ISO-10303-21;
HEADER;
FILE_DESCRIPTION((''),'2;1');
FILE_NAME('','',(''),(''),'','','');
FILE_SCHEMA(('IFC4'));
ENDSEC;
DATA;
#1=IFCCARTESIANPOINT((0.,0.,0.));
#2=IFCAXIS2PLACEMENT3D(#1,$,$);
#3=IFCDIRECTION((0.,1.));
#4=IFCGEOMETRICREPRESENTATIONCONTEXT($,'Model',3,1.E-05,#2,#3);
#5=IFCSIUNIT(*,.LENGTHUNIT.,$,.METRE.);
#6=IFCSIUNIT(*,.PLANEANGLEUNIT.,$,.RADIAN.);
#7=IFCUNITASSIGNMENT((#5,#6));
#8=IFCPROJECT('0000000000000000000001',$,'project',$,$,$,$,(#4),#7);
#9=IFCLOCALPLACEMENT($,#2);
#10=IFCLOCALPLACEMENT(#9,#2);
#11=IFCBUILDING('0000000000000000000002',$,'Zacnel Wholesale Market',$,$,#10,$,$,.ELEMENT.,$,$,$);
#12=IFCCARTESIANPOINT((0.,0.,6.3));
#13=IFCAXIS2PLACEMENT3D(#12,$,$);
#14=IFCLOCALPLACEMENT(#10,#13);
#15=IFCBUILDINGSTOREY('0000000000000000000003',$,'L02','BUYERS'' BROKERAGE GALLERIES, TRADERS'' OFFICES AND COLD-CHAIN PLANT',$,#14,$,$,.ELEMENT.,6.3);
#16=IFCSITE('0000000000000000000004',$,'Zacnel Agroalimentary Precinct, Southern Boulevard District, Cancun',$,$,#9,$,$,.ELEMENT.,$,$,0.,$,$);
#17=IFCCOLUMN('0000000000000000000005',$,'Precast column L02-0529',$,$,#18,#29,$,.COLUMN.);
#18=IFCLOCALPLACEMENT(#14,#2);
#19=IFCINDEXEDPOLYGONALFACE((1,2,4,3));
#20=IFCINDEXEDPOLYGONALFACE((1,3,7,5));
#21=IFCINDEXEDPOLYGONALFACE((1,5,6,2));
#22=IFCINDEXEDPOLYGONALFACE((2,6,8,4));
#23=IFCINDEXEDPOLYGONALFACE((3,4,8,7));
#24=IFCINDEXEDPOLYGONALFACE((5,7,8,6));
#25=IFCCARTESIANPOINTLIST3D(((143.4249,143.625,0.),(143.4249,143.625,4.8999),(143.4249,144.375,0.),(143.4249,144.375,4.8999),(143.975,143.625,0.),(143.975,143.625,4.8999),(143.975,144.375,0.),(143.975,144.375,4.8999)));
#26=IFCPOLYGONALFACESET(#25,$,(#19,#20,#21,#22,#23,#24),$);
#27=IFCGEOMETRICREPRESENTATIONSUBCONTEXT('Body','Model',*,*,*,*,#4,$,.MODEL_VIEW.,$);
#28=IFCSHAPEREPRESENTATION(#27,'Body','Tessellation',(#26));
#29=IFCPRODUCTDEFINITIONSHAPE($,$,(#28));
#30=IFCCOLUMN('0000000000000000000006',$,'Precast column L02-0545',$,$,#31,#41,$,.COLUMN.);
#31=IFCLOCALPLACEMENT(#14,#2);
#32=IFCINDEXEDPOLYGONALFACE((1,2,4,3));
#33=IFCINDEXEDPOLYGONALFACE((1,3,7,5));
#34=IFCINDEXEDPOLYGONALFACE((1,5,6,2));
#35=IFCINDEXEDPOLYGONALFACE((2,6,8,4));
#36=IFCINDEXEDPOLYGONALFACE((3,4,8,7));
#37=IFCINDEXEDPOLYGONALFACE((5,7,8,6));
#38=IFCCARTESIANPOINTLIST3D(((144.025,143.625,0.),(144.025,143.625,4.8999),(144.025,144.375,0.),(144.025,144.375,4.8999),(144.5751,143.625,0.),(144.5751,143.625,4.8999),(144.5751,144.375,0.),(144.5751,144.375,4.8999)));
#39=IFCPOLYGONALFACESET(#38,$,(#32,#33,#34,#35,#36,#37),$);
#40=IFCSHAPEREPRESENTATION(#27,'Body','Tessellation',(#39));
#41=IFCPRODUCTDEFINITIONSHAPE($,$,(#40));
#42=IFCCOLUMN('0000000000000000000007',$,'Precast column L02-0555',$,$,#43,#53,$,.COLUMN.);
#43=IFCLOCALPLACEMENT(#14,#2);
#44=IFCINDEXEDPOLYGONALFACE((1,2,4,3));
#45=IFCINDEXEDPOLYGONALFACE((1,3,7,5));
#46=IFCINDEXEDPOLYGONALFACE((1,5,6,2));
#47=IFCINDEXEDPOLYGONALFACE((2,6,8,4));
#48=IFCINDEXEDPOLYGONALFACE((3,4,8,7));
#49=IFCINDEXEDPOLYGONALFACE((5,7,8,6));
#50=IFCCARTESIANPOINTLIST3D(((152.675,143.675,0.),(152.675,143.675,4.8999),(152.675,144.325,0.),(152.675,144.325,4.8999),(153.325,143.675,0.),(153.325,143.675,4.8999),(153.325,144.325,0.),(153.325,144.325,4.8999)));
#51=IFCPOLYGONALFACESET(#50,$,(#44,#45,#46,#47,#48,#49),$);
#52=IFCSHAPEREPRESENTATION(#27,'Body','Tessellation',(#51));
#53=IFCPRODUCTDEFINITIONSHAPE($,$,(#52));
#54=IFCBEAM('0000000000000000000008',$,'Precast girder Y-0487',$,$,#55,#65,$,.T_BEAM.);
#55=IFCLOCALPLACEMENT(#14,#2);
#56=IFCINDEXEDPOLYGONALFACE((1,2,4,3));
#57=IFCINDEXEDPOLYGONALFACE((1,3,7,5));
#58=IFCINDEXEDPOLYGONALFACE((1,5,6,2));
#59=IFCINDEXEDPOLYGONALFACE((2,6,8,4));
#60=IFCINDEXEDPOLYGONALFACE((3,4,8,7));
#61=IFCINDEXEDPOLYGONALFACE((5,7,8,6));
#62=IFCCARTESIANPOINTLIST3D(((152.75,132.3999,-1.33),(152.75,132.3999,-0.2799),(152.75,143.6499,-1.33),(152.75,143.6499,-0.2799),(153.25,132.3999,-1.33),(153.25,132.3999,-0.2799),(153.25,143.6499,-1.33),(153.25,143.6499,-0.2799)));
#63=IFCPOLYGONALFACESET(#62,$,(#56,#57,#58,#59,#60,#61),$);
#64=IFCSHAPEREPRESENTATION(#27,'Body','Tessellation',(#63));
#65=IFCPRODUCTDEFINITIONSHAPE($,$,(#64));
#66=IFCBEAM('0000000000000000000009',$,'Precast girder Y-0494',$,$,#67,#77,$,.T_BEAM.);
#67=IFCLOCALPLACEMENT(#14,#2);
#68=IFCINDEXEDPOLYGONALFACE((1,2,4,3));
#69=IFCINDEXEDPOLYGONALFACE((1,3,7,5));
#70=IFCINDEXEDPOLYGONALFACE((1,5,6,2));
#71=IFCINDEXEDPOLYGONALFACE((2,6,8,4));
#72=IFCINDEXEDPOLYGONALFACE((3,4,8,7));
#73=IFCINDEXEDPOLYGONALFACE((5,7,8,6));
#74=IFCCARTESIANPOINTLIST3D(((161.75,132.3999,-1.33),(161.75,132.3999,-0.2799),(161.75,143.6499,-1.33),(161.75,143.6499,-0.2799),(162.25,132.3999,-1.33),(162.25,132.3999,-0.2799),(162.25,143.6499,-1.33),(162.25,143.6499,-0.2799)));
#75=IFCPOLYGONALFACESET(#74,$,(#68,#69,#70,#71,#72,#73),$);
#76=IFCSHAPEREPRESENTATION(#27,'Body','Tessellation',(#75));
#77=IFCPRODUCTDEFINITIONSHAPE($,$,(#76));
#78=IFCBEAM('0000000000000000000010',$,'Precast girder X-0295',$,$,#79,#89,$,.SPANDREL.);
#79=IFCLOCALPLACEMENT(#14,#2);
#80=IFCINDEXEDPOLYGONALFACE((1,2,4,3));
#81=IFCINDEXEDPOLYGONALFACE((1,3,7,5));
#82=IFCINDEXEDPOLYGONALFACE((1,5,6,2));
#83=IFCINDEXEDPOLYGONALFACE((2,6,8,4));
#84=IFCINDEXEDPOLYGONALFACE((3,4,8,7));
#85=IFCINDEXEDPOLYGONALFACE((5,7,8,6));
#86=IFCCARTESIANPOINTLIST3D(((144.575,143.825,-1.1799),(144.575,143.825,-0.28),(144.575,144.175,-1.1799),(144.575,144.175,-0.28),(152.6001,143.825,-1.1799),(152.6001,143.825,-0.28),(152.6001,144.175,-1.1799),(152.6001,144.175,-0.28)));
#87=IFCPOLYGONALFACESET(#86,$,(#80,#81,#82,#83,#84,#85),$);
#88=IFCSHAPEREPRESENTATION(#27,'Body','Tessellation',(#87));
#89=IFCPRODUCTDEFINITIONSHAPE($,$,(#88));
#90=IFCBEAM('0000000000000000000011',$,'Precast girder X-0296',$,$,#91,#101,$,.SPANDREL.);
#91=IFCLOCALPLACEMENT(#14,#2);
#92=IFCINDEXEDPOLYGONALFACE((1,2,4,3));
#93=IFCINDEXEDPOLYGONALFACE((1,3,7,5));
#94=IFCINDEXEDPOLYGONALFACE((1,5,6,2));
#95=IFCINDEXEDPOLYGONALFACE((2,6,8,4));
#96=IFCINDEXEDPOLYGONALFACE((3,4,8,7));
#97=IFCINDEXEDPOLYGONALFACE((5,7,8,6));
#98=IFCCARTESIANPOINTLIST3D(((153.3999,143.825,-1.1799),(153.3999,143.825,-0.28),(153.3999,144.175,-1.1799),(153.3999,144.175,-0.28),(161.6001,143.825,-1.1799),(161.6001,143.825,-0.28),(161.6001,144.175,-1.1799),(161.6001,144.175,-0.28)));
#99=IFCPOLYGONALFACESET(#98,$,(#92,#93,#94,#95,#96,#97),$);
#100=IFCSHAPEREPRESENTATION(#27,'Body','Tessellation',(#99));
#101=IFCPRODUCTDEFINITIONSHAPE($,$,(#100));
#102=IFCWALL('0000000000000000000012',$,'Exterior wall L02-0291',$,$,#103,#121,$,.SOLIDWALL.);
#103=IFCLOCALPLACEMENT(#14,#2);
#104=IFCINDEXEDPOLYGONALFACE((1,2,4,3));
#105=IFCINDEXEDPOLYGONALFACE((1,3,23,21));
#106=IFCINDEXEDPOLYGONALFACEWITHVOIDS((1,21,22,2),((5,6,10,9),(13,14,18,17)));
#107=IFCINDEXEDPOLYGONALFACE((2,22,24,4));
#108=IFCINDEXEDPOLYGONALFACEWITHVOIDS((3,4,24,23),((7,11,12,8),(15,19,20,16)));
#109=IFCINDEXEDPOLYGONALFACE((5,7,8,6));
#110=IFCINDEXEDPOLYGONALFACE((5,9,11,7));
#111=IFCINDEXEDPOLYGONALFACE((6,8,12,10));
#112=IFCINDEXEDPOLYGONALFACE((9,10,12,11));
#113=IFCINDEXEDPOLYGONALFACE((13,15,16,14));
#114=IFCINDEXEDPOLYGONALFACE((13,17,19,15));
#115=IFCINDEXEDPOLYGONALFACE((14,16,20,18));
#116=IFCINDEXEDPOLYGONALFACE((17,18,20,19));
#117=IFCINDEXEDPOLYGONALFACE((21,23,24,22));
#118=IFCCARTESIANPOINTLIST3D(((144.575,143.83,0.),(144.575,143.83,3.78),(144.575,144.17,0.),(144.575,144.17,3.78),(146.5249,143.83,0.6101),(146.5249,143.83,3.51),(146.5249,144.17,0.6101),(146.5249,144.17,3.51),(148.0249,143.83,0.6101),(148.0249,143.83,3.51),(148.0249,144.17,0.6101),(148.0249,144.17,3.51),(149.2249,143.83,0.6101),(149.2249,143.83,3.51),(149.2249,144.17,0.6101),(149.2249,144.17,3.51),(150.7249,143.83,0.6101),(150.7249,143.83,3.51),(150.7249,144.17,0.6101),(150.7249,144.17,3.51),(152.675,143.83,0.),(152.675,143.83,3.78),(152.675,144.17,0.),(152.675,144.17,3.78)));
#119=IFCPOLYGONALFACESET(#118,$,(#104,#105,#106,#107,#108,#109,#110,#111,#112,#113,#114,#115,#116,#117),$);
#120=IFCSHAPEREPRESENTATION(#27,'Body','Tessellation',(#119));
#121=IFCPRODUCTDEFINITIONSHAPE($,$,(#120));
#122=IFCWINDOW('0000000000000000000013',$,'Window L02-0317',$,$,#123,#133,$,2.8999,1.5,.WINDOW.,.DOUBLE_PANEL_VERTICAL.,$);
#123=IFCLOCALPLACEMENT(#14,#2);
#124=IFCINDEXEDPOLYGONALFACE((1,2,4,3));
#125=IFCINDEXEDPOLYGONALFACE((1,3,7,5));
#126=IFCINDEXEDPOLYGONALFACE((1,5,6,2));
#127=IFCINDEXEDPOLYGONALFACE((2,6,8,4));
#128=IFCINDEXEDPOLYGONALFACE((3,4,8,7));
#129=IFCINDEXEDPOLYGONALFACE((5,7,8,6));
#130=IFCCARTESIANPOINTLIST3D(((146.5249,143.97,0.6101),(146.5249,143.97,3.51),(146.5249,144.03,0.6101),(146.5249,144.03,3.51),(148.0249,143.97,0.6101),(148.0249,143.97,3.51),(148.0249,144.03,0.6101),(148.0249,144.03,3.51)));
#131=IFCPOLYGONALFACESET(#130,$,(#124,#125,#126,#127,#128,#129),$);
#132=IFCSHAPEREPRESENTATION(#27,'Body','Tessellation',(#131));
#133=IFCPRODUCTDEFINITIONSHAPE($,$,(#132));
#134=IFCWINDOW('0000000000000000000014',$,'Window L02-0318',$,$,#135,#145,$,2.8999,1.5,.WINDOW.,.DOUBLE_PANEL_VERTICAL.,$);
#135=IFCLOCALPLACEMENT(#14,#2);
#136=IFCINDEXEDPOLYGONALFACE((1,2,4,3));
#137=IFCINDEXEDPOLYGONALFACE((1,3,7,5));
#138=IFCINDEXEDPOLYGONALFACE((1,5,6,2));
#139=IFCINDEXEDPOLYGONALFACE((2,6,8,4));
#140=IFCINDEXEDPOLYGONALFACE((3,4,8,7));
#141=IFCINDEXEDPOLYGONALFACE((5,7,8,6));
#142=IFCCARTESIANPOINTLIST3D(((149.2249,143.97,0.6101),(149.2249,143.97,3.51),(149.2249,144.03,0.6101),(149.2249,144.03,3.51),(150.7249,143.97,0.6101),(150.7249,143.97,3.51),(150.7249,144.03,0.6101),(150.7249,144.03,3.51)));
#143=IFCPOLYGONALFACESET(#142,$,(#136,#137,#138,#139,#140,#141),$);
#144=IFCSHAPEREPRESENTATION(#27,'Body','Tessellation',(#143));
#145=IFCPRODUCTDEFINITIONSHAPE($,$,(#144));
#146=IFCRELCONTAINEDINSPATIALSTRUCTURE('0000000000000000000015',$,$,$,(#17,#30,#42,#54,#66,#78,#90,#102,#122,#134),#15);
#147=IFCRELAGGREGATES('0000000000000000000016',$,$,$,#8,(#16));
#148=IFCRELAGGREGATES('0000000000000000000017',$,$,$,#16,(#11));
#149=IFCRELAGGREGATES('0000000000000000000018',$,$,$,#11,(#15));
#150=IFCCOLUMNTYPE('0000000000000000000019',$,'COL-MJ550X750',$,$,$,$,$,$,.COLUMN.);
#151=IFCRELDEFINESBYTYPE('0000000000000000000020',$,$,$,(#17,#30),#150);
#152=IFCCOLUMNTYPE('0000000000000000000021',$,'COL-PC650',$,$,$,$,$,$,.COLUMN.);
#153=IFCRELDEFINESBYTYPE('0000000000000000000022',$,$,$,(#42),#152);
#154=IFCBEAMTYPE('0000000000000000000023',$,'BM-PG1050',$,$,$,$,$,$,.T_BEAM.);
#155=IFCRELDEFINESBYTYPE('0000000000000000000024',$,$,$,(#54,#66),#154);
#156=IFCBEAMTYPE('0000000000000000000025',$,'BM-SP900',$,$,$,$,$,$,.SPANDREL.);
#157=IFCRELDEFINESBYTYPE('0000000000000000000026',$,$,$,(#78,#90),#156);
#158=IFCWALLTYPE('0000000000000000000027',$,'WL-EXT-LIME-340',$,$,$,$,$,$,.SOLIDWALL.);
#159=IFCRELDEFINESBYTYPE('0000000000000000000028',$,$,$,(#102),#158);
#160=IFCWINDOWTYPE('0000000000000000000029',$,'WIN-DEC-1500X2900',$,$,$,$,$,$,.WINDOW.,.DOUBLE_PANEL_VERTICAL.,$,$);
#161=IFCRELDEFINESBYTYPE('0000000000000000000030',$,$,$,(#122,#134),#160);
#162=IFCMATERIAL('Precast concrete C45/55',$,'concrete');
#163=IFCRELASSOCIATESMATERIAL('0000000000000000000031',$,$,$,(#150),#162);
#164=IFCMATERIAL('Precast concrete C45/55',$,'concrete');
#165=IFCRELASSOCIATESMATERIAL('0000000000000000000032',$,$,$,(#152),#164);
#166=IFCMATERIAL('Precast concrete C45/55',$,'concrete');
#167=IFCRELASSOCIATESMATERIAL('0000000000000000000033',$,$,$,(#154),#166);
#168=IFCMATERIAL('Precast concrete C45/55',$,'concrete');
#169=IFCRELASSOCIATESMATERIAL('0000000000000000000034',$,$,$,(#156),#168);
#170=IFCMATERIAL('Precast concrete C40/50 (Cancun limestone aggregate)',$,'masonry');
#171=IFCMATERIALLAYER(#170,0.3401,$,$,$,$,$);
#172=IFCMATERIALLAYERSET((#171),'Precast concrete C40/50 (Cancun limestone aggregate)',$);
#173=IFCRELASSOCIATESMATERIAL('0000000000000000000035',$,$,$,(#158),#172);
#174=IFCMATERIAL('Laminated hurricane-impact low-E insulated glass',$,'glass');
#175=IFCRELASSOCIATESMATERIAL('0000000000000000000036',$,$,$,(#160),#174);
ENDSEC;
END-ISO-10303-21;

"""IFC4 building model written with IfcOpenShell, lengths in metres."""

from ifc_helpers import new_model, si_unit, direction, frame, frame_2d, origin, origin_2d, place, context, subcontext, project, spatial, rectangle, extrude, material, layer, layer_set, material_profile, profile_set, type_object, element, fill, save


model = new_model("IFC4")

# Units and contexts
model_context = context("Model", 3, precision=1e-05, world=origin(), true_north=direction((0.0, 1.0)))
body_context = subcontext(model_context, "Body", "Model", "MODEL_VIEW")
ifc_project = project(units=[si_unit("LENGTHUNIT", "METRE"), si_unit("PLANEANGLEUNIT", "RADIAN")], contexts=[model_context])

# Site, building, storey
site_placement = place(None, origin())
site = spatial("IfcSite", under=ifc_project, at=site_placement, Name="Zacnel Agroalimentary Precinct, Southern Boulevard District, Cancun", CompositionType="ELEMENT", RefElevation=0.0)
building_placement = place(site_placement, origin())
building = spatial("IfcBuilding", under=site, at=building_placement, Name="Zacnel Wholesale Market", CompositionType="ELEMENT")
storey_placement = place(building_placement, frame((0.0, 0.0, 6.3)))
storey = spatial("IfcBuildingStorey", under=building, at=storey_placement, Name="L02", Description="BUYERS' BROKERAGE GALLERIES, TRADERS' OFFICES AND COLD-CHAIN PLANT", CompositionType="ELEMENT", Elevation=6.3)

# Columns
ifc_material_1 = material(Name="Precast concrete C45/55", Category="concrete")
ifc_material_profile_1 = material_profile(ifc_material_1, rectangle(XDim=0.55, YDim=0.75, at=origin_2d()), Name="PC 550x750")
ifc_profile_set_1 = profile_set([ifc_material_profile_1], Name="Precast concrete C45/55")
column_type_1 = type_object("IfcColumnType", Name="COL-MJ550X750", PredefinedType="COLUMN", material=ifc_profile_set_1)
for number, where, z_axis, x_axis, name in (
    (1, (143.7, 144.0, 0.0), (0.0, 0.0, 1.0), (1.0, 0.0, 0.0), "Precast column L02-0529"),
    (2, (144.3, 144.0, 0.0), (0.0, 0.0, 1.0), (1.0, 0.0, 0.0), "Precast column L02-0545"),
):
    element("IfcColumn", number, at=place(storey_placement, frame(where, z_axis=z_axis, x_axis=x_axis)), inside=storey, type_object=column_type_1, Name=name, PredefinedType="COLUMN", context=body_context, shape_type="SweptSolid", body=[
        extrude(rectangle(XDim=0.55, YDim=0.75, at=origin_2d()), origin(), (0.0, 0.0, 1.0), 4.8999),
    ])
ifc_material_2 = material(Name="Precast concrete C45/55", Category="concrete")
ifc_material_profile_2 = material_profile(ifc_material_2, rectangle(XDim=0.6499, YDim=0.6499, at=origin_2d()), Name="PC 650x650")
ifc_profile_set_2 = profile_set([ifc_material_profile_2], Name="Precast concrete C45/55")
column_type_2 = type_object("IfcColumnType", Name="COL-PC650", PredefinedType="COLUMN", material=ifc_profile_set_2)
column_placement = place(storey_placement, frame((153.0, 144.0, 0.0), z_axis=(0.0, 0.0, 1.0), x_axis=(1.0, 0.0, 0.0)))
element("IfcColumn", 3, at=column_placement, inside=storey, type_object=column_type_2, Name="Precast column L02-0555", PredefinedType="COLUMN", context=body_context, shape_type="SweptSolid", body=[
    extrude(rectangle(XDim=0.6499, YDim=0.6499, at=origin_2d()), origin(), (0.0, 0.0, 1.0), 4.8999),
])

# Beams
ifc_material_3 = material(Name="Precast concrete C45/55", Category="concrete")
ifc_material_profile_3 = material_profile(ifc_material_3, rectangle(XDim=0.5, YDim=1.05, at=origin_2d()), Name="PG 500x1050")
ifc_profile_set_3 = profile_set([ifc_material_profile_3], Name="Precast concrete C45/55")
beam_type_1 = type_object("IfcBeamType", Name="BM-PG1050", PredefinedType="T_BEAM", material=ifc_profile_set_3)
for number, where, z_axis, x_axis, name in (
    (4, (153.0, 132.3999, -0.8049), (0.0, 1.0, 0.0), (-1.0, 0.0, 0.0), "Precast girder Y-0487"),
    (5, (162.0, 132.3999, -0.8049), (0.0, 1.0, 0.0), (-1.0, 0.0, 0.0), "Precast girder Y-0494"),
):
    element("IfcBeam", number, at=place(storey_placement, frame(where, z_axis=z_axis, x_axis=x_axis)), inside=storey, type_object=beam_type_1, Name=name, PredefinedType="T_BEAM", context=body_context, shape_type="SweptSolid", body=[
        extrude(rectangle(XDim=0.5, YDim=1.05, at=origin_2d()), origin(), (0.0, 0.0, 1.0), 11.25),
    ])
ifc_material_4 = material(Name="Precast concrete C45/55", Category="concrete")
ifc_material_profile_4 = material_profile(ifc_material_4, rectangle(XDim=0.3501, YDim=0.8999, at=origin_2d()), Name="SP 350x900")
ifc_profile_set_4 = profile_set([ifc_material_profile_4], Name="Precast concrete C45/55")
beam_type_2 = type_object("IfcBeamType", Name="BM-SP900", PredefinedType="SPANDREL", material=ifc_profile_set_4)
beam_1_placement = place(storey_placement, frame((144.575, 144.0, -0.73), z_axis=(1.0, 0.0, 0.0), x_axis=(0.0, 1.0, 0.0)))
element("IfcBeam", 6, at=beam_1_placement, inside=storey, type_object=beam_type_2, Name="Precast girder X-0295", PredefinedType="SPANDREL", context=body_context, shape_type="SweptSolid", body=[
    extrude(rectangle(XDim=0.3501, YDim=0.8999, at=origin_2d()), origin(), (0.0, 0.0, 1.0), 8.0251),
])
beam_2_placement = place(storey_placement, frame((153.3999, 144.0, -0.73), z_axis=(1.0, 0.0, 0.0), x_axis=(0.0, 1.0, 0.0)))
element("IfcBeam", 7, at=beam_2_placement, inside=storey, type_object=beam_type_2, Name="Precast girder X-0296", PredefinedType="SPANDREL", context=body_context, shape_type="SweptSolid", body=[
    extrude(rectangle(XDim=0.3501, YDim=0.8999, at=origin_2d()), origin(), (0.0, 0.0, 1.0), 8.2002),
])

# Wall, openings, windows
ifc_material_5 = material(Name="Precast concrete C40/50 (Cancun limestone aggregate)", Category="masonry")
ifc_layer_1 = layer(ifc_material_5, 0.3401)
ifc_layer_set_1 = layer_set([ifc_layer_1], Name="Precast concrete C40/50 (Cancun limestone aggregate)")
wall_type_1 = type_object("IfcWallType", Name="WL-EXT-LIME-340", PredefinedType="SOLIDWALL", material=ifc_layer_set_1)
wall_1_placement = place(storey_placement, frame((144.575, 144.0, 0.0), z_axis=(0.0, 0.0, 1.0), x_axis=(1.0, 0.0, 0.0)))
wall_1 = element("IfcWall", 8, at=wall_1_placement, inside=storey, type_object=wall_type_1, Name="Exterior wall L02-0291", PredefinedType="SOLIDWALL", context=body_context, shape_type="SweptSolid", body=[
    extrude(rectangle(XDim=8.1001, YDim=0.3401, at=frame_2d((4.05, 0.0))), origin(), (0.0, 0.0, 1.0), 3.78),
])
opening_1_placement = place(wall_1_placement, frame((1.95, 0.0, 0.6101)))
opening_1 = element("IfcOpeningElement", 9, at=opening_1_placement, cuts=wall_1, PredefinedType="OPENING", context=body_context, shape_type="SweptSolid", body=[
    extrude(rectangle(XDim=1.5, YDim=2.8999, at=frame_2d((0.75, 1.45))), frame((0.0, 0.1799, 0.0), z_axis=(0.0, -1.0, 0.0), x_axis=(1.0, 0.0, 0.0)), (0.0, 0.0, 1.0), 0.3601),
])
opening_2_placement = place(wall_1_placement, frame((4.6499, 0.0, 0.6101)))
opening_2 = element("IfcOpeningElement", 10, at=opening_2_placement, cuts=wall_1, PredefinedType="OPENING", context=body_context, shape_type="SweptSolid", body=[
    extrude(rectangle(XDim=1.5, YDim=2.8999, at=frame_2d((0.75, 1.45))), frame((0.0, 0.1799, 0.0), z_axis=(0.0, -1.0, 0.0), x_axis=(1.0, 0.0, 0.0)), (0.0, 0.0, 1.0), 0.3601),
])
ifc_material_6 = material(Name="Laminated hurricane-impact low-E insulated glass", Category="glass")
window_type_1 = type_object("IfcWindowType", Name="WIN-DEC-1500X2900", PartitioningType="DOUBLE_PANEL_VERTICAL", PredefinedType="WINDOW", material=ifc_material_6)
window_1_placement = place(opening_1_placement, origin())
window_1 = element("IfcWindow", 11, at=window_1_placement, inside=storey, type_object=window_type_1, Name="Window L02-0317", OverallHeight=2.8999, OverallWidth=1.5, PartitioningType="DOUBLE_PANEL_VERTICAL", PredefinedType="WINDOW", context=body_context, shape_type="SweptSolid", body=[
    extrude(rectangle(XDim=1.5, YDim=2.8999, at=frame_2d((0.75, 1.45))), frame((0.0, 0.03, 0.0), z_axis=(0.0, -1.0, 0.0), x_axis=(1.0, 0.0, 0.0)), (0.0, 0.0, 1.0), 0.0601),
])
fill(opening_1, window_1)
window_2_placement = place(opening_2_placement, origin())
window_2 = element("IfcWindow", 12, at=window_2_placement, inside=storey, type_object=window_type_1, Name="Window L02-0318", OverallHeight=2.8999, OverallWidth=1.5, PartitioningType="DOUBLE_PANEL_VERTICAL", PredefinedType="WINDOW", context=body_context, shape_type="SweptSolid", body=[
    extrude(rectangle(XDim=1.5, YDim=2.8999, at=frame_2d((0.75, 1.45))), frame((0.0, 0.03, 0.0), z_axis=(0.0, -1.0, 0.0), x_axis=(1.0, 0.0, 0.0)), (0.0, 0.0, 1.0), 0.0601),
])
fill(opening_2, window_2)

save(model, "model.ifc")
